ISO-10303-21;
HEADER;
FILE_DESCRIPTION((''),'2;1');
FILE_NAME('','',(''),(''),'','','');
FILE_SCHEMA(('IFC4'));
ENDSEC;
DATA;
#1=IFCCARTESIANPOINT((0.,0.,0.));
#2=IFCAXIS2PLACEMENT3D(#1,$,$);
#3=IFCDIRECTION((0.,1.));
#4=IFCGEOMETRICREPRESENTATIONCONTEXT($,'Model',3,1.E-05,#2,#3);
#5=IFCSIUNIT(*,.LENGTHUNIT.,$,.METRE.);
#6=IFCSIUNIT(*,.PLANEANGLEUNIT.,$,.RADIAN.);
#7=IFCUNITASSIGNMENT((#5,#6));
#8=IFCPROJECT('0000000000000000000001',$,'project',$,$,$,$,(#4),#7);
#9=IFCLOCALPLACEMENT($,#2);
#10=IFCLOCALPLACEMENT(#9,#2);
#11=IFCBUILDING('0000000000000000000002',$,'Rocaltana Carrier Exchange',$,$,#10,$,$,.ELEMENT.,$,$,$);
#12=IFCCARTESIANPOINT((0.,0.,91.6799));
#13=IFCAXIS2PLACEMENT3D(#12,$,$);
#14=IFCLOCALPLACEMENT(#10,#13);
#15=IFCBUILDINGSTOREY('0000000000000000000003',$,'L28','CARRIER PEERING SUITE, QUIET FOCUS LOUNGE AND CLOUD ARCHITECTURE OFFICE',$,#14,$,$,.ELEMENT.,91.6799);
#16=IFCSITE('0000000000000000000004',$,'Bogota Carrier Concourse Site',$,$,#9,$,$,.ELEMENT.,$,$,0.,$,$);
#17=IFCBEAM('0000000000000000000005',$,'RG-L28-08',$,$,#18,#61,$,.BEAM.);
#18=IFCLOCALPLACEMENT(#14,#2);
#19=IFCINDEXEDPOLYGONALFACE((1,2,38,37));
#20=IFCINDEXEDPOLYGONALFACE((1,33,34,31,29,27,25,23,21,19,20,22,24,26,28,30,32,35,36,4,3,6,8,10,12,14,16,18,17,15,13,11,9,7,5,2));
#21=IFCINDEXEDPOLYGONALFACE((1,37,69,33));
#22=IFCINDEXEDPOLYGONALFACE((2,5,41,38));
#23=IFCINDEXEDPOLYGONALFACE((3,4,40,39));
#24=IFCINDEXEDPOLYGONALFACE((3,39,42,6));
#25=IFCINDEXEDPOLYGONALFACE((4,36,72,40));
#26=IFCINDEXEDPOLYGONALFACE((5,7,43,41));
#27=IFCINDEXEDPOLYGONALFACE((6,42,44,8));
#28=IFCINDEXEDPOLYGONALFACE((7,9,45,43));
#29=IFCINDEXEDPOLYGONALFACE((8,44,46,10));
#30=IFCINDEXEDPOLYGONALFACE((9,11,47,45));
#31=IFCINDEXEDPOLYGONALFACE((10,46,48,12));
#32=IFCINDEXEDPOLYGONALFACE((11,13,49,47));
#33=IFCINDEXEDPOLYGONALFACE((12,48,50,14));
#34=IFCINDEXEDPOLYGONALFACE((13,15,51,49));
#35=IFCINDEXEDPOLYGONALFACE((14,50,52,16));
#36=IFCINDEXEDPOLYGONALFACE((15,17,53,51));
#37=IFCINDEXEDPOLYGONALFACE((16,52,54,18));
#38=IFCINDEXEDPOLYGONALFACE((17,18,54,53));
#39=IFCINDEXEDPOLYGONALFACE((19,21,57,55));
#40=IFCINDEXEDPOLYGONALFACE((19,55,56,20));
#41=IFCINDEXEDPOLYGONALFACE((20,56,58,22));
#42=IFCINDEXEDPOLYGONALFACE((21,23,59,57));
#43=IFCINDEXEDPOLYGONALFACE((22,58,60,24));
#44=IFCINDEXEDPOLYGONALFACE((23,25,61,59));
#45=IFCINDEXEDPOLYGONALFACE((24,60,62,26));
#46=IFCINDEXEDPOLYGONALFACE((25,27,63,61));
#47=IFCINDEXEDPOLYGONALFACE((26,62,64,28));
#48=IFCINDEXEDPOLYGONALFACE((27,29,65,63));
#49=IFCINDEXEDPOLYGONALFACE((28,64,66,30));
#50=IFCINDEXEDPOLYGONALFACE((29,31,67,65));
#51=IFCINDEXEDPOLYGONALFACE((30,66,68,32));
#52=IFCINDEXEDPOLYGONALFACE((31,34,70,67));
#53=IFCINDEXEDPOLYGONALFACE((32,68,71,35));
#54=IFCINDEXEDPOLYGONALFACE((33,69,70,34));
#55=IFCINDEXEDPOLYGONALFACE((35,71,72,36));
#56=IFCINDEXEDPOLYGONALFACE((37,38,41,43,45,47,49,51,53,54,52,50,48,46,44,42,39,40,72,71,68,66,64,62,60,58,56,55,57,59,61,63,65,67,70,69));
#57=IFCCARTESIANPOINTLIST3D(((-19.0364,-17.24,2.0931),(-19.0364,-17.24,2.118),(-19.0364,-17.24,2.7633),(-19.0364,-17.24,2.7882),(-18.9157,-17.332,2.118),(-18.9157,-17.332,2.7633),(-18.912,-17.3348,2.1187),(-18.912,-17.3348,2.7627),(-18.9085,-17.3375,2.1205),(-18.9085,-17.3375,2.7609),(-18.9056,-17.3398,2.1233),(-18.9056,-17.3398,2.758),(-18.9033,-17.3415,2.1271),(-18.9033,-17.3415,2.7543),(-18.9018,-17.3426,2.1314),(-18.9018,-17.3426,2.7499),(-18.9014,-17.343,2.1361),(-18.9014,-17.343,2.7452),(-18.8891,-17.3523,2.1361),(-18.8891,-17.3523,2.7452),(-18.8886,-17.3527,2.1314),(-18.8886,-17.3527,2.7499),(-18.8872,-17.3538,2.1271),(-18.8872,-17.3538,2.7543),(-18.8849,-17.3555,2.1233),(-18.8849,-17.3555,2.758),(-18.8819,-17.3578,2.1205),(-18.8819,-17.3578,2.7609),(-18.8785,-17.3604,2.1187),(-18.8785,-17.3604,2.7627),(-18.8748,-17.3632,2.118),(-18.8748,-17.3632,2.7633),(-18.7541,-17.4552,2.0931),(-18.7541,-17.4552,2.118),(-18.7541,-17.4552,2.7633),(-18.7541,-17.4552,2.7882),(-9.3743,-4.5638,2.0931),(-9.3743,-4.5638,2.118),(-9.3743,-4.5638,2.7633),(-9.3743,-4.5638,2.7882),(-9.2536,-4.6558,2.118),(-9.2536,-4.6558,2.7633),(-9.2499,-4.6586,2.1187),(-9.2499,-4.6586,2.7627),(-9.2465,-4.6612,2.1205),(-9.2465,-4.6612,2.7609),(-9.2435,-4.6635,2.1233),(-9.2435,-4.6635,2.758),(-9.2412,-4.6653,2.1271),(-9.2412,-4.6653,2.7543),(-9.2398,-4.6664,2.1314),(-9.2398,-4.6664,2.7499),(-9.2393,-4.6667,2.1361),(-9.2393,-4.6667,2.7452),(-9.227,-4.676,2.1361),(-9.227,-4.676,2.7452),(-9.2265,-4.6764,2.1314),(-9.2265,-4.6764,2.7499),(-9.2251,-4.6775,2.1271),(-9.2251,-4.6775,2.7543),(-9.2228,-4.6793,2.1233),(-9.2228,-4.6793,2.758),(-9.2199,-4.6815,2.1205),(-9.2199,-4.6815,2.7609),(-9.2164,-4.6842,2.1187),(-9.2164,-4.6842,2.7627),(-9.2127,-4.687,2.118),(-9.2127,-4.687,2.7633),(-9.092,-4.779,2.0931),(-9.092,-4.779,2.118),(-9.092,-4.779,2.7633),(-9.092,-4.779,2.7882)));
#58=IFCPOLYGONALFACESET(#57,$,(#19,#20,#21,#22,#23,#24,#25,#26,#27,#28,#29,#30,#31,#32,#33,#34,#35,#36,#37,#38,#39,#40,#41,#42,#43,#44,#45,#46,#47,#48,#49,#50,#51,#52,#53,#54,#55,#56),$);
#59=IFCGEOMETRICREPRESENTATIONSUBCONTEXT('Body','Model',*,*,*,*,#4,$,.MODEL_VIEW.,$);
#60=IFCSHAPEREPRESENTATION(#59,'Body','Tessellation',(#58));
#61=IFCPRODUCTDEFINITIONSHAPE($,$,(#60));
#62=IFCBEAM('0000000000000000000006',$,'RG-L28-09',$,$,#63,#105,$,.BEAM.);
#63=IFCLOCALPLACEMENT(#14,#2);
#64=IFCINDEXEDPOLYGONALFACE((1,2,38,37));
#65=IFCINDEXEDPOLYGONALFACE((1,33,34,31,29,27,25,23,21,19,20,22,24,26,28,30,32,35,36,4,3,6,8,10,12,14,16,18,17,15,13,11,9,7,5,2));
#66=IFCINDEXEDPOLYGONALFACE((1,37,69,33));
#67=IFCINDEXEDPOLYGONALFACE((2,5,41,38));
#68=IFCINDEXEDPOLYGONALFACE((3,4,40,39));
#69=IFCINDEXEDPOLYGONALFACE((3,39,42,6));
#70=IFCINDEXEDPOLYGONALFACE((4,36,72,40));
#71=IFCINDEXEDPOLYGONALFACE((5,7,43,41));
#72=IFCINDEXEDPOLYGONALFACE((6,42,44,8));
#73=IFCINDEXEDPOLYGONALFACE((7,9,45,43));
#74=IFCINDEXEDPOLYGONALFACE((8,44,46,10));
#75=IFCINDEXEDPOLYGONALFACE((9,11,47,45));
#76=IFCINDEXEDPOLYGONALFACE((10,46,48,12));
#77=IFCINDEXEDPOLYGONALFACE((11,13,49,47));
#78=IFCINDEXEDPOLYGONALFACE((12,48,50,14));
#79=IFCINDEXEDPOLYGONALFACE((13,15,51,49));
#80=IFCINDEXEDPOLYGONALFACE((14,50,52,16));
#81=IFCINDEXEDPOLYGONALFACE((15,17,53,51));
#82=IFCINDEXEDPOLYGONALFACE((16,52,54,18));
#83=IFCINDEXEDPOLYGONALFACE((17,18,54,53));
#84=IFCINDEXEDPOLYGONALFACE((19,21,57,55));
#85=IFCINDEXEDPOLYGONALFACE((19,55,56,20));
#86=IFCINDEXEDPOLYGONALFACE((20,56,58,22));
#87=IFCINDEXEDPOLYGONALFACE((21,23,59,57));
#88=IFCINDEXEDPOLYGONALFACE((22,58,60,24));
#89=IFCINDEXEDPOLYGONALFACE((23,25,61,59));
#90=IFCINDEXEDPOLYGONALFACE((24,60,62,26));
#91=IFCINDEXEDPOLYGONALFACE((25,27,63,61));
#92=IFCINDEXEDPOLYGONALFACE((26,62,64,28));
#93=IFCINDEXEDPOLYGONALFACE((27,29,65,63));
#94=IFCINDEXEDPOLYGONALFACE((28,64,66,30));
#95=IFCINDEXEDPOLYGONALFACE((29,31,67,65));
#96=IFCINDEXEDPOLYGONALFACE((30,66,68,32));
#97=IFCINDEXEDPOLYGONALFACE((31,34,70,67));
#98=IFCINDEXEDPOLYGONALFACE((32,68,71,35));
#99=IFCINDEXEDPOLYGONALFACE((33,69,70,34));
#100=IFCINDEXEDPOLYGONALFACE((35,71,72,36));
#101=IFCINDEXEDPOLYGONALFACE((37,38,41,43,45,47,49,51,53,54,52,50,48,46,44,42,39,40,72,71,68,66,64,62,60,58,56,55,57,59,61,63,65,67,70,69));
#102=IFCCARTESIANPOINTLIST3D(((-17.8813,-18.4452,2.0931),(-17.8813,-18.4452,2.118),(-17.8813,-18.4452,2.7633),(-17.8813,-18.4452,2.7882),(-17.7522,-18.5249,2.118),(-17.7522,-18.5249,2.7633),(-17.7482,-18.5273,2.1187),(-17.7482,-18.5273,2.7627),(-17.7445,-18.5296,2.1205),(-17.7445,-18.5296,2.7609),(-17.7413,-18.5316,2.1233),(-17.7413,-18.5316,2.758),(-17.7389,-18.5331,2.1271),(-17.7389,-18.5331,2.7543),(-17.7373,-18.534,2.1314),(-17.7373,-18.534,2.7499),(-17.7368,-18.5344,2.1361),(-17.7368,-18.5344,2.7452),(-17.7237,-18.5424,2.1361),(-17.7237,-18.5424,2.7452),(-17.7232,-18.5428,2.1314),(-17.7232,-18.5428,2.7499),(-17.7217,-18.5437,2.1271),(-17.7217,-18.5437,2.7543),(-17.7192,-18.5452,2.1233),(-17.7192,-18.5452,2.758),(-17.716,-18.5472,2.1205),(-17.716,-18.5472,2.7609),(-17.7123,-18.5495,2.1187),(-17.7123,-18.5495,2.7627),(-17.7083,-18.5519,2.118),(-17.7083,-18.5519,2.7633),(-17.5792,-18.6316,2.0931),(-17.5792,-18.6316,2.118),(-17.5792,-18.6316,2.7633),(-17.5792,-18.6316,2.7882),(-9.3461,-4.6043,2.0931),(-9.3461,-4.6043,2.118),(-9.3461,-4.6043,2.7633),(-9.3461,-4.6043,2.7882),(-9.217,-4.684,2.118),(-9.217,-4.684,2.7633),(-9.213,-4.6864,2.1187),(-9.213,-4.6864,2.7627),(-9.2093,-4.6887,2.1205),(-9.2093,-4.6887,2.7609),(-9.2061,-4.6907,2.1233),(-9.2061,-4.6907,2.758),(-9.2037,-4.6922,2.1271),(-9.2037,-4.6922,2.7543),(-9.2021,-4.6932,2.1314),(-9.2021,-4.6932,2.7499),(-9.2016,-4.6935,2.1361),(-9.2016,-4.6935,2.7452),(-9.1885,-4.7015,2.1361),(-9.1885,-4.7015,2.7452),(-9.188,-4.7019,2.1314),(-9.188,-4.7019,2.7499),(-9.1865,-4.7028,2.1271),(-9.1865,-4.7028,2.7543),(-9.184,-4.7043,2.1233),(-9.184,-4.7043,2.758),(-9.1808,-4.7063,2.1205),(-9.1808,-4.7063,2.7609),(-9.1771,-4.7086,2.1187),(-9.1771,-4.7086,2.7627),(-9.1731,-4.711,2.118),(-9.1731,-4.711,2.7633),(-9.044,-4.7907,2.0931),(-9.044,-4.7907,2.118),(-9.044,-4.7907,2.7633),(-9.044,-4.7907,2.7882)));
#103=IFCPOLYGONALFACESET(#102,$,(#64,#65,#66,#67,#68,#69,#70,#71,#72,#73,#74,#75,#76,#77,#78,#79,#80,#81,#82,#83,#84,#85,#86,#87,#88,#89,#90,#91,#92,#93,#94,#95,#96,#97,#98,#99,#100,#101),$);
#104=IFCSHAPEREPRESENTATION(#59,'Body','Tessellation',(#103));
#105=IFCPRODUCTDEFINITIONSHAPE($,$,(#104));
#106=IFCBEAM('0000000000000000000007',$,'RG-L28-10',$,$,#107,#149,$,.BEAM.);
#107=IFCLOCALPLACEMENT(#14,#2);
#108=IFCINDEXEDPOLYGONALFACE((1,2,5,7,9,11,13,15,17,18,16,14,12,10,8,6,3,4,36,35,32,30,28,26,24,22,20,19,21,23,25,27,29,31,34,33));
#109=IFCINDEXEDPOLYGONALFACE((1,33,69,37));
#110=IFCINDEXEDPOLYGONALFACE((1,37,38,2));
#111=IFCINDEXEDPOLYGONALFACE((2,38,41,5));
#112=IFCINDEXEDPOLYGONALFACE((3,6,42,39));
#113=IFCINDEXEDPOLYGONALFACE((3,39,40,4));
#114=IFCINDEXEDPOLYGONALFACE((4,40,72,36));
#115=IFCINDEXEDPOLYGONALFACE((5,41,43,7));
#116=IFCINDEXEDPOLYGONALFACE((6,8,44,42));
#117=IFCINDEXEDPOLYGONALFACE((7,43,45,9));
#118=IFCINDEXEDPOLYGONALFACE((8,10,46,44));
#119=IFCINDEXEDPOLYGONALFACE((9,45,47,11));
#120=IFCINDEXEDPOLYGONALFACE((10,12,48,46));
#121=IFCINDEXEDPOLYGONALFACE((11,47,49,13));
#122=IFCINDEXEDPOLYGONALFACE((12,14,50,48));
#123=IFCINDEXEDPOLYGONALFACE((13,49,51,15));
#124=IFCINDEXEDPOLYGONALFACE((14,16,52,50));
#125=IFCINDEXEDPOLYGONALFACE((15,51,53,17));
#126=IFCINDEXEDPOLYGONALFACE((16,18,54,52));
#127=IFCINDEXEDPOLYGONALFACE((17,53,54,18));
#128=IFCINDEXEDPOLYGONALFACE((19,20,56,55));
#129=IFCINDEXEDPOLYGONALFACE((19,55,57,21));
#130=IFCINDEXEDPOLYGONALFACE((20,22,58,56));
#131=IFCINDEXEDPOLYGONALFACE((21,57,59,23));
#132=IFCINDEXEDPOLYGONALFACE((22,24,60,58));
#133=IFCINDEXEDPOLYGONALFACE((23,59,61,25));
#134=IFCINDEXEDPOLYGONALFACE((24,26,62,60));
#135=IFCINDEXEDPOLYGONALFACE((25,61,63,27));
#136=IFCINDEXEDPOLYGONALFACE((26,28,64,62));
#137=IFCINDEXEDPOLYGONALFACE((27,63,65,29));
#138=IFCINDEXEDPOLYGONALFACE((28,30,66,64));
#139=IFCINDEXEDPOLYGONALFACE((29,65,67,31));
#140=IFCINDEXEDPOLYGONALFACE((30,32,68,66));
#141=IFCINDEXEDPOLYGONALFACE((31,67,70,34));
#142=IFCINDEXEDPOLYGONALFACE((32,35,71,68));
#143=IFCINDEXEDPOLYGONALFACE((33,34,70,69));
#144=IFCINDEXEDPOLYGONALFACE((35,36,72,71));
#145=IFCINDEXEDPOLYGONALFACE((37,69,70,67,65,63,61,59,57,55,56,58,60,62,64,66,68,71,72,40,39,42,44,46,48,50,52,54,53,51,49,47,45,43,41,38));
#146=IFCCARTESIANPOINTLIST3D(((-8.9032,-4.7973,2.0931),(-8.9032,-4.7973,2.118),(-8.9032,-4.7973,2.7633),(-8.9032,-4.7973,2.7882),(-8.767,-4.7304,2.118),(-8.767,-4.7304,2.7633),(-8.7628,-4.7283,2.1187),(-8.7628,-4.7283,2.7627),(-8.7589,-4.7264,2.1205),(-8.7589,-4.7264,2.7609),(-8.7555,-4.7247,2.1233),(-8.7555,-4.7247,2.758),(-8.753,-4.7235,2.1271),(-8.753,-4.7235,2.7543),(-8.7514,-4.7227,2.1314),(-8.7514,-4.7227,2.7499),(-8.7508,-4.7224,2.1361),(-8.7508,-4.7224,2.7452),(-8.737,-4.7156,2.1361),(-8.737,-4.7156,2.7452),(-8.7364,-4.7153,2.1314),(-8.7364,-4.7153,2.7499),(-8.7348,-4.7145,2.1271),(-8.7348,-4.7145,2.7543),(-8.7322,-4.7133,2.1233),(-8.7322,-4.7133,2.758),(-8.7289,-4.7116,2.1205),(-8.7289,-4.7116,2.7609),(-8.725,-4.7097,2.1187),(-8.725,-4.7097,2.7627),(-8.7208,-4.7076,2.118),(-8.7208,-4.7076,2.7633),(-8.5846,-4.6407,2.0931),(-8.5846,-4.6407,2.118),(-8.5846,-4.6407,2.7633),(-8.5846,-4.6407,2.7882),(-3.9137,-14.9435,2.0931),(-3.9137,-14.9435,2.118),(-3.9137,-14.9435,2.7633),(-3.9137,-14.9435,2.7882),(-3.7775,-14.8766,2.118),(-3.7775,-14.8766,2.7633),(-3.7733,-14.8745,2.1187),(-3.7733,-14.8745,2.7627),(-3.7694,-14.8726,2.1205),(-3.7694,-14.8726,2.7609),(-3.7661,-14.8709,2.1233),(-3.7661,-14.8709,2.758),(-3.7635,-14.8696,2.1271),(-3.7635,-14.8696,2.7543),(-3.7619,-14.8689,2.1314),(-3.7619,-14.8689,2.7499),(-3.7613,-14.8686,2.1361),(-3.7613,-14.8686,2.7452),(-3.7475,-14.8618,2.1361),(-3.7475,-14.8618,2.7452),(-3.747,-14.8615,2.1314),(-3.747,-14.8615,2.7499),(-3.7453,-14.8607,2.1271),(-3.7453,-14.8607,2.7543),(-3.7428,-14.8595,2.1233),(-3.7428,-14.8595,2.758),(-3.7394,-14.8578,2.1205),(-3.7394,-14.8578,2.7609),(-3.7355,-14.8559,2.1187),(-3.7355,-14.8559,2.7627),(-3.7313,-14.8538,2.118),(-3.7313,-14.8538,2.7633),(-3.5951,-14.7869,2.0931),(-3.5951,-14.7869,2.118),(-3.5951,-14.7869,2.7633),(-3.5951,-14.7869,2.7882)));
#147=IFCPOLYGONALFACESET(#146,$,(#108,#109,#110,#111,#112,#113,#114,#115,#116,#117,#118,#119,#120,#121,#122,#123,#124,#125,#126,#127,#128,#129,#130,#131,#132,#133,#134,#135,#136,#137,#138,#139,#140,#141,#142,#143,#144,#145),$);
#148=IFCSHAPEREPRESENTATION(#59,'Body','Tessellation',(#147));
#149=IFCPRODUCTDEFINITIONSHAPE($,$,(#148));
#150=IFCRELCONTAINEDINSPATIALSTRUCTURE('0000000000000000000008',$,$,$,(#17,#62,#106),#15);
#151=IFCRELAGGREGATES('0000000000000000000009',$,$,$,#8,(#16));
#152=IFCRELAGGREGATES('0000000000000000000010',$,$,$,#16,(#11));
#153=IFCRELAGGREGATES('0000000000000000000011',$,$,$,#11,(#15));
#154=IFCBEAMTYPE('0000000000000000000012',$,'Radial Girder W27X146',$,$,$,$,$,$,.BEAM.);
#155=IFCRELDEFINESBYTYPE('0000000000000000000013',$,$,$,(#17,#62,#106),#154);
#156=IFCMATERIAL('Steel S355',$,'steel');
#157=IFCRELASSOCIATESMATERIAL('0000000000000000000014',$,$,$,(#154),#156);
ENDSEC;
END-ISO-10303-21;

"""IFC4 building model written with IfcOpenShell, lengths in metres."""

from ifc_helpers import new_model, si_unit, direction, frame, origin, origin_2d, place, context, subcontext, project, spatial, i_section, extrude, material, material_profile, profile_set, type_object, element, save


model = new_model("IFC4")

# Units and contexts
model_context = context("Model", 3, precision=1e-05, world=origin(), true_north=direction((0.0, 1.0)))
body_context = subcontext(model_context, "Body", "Model", "MODEL_VIEW")
ifc_project = project(units=[si_unit("LENGTHUNIT", "METRE"), si_unit("PLANEANGLEUNIT", "RADIAN")], contexts=[model_context])

# Site, building, storey
site_placement = place(None, origin())
site = spatial("IfcSite", under=ifc_project, at=site_placement, Name="Bogota Carrier Concourse Site", CompositionType="ELEMENT", RefElevation=0.0)
building_placement = place(site_placement, origin())
building = spatial("IfcBuilding", under=site, at=building_placement, Name="Rocaltana Carrier Exchange", CompositionType="ELEMENT")
storey_placement = place(building_placement, frame((0.0, 0.0, 91.6799)))
storey = spatial("IfcBuildingStorey", under=building, at=storey_placement, Name="L28", Description="CARRIER PEERING SUITE, QUIET FOCUS LOUNGE AND CLOUD ARCHITECTURE OFFICE", CompositionType="ELEMENT", Elevation=91.6799)

# Beams
ifc_material_1 = material(Name="Steel S355", Category="steel")
ifc_material_profile_1 = material_profile(ifc_material_1, i_section(OverallWidth=0.355, OverallDepth=0.6951, WebThickness=0.0154, FlangeThickness=0.0249, FilletRadius=0.0181, at=origin_2d()), Name="W27X146")
ifc_profile_set_1 = profile_set([ifc_material_profile_1], Name="Steel S355")
beam_type = type_object("IfcBeamType", Name="Radial Girder W27X146", PredefinedType="BEAM", material=ifc_profile_set_1)
beam_1_placement = place(storey_placement, frame((-9.2332, -4.6714, 2.4407), z_axis=(-0.606202, -0.795311, 0.0), x_axis=(0.795311, -0.606202, 0.0)))
element("IfcBeam", 1, at=beam_1_placement, inside=storey, type_object=beam_type, Name="RG-L28-08", PredefinedType="BEAM", context=body_context, shape_type="SweptSolid", body=[
    extrude(i_section(OverallWidth=0.355, OverallDepth=0.6951, WebThickness=0.0154, FlangeThickness=0.0249, FilletRadius=0.0181, at=origin_2d()), origin(), (0.0, 0.0, 1.0), 15.9387),
])
beam_2_placement = place(storey_placement, frame((-9.1951, -4.6975, 2.4407), z_axis=(-0.524888, -0.851171, 0.0), x_axis=(0.851171, -0.524888, 0.0)))
element("IfcBeam", 2, at=beam_2_placement, inside=storey, type_object=beam_type, Name="RG-L28-09", PredefinedType="BEAM", context=body_context, shape_type="SweptSolid", body=[
    extrude(i_section(OverallWidth=0.355, OverallDepth=0.6951, WebThickness=0.0154, FlangeThickness=0.0249, FilletRadius=0.0181, at=origin_2d()), origin(), (0.0, 0.0, 1.0), 16.261),
])
beam_3_placement = place(storey_placement, frame((-8.7439, -4.719, 2.4407), z_axis=(0.441287, -0.897366, 0.0), x_axis=(0.897366, 0.441287, 0.0)))
element("IfcBeam", 3, at=beam_3_placement, inside=storey, type_object=beam_type, Name="RG-L28-10", PredefinedType="BEAM", context=body_context, shape_type="SweptSolid", body=[
    extrude(i_section(OverallWidth=0.355, OverallDepth=0.6951, WebThickness=0.0154, FlangeThickness=0.0249, FilletRadius=0.0181, at=origin_2d()), origin(), (0.0, 0.0, 1.0), 11.3066),
])

save(model, "model.ifc")
